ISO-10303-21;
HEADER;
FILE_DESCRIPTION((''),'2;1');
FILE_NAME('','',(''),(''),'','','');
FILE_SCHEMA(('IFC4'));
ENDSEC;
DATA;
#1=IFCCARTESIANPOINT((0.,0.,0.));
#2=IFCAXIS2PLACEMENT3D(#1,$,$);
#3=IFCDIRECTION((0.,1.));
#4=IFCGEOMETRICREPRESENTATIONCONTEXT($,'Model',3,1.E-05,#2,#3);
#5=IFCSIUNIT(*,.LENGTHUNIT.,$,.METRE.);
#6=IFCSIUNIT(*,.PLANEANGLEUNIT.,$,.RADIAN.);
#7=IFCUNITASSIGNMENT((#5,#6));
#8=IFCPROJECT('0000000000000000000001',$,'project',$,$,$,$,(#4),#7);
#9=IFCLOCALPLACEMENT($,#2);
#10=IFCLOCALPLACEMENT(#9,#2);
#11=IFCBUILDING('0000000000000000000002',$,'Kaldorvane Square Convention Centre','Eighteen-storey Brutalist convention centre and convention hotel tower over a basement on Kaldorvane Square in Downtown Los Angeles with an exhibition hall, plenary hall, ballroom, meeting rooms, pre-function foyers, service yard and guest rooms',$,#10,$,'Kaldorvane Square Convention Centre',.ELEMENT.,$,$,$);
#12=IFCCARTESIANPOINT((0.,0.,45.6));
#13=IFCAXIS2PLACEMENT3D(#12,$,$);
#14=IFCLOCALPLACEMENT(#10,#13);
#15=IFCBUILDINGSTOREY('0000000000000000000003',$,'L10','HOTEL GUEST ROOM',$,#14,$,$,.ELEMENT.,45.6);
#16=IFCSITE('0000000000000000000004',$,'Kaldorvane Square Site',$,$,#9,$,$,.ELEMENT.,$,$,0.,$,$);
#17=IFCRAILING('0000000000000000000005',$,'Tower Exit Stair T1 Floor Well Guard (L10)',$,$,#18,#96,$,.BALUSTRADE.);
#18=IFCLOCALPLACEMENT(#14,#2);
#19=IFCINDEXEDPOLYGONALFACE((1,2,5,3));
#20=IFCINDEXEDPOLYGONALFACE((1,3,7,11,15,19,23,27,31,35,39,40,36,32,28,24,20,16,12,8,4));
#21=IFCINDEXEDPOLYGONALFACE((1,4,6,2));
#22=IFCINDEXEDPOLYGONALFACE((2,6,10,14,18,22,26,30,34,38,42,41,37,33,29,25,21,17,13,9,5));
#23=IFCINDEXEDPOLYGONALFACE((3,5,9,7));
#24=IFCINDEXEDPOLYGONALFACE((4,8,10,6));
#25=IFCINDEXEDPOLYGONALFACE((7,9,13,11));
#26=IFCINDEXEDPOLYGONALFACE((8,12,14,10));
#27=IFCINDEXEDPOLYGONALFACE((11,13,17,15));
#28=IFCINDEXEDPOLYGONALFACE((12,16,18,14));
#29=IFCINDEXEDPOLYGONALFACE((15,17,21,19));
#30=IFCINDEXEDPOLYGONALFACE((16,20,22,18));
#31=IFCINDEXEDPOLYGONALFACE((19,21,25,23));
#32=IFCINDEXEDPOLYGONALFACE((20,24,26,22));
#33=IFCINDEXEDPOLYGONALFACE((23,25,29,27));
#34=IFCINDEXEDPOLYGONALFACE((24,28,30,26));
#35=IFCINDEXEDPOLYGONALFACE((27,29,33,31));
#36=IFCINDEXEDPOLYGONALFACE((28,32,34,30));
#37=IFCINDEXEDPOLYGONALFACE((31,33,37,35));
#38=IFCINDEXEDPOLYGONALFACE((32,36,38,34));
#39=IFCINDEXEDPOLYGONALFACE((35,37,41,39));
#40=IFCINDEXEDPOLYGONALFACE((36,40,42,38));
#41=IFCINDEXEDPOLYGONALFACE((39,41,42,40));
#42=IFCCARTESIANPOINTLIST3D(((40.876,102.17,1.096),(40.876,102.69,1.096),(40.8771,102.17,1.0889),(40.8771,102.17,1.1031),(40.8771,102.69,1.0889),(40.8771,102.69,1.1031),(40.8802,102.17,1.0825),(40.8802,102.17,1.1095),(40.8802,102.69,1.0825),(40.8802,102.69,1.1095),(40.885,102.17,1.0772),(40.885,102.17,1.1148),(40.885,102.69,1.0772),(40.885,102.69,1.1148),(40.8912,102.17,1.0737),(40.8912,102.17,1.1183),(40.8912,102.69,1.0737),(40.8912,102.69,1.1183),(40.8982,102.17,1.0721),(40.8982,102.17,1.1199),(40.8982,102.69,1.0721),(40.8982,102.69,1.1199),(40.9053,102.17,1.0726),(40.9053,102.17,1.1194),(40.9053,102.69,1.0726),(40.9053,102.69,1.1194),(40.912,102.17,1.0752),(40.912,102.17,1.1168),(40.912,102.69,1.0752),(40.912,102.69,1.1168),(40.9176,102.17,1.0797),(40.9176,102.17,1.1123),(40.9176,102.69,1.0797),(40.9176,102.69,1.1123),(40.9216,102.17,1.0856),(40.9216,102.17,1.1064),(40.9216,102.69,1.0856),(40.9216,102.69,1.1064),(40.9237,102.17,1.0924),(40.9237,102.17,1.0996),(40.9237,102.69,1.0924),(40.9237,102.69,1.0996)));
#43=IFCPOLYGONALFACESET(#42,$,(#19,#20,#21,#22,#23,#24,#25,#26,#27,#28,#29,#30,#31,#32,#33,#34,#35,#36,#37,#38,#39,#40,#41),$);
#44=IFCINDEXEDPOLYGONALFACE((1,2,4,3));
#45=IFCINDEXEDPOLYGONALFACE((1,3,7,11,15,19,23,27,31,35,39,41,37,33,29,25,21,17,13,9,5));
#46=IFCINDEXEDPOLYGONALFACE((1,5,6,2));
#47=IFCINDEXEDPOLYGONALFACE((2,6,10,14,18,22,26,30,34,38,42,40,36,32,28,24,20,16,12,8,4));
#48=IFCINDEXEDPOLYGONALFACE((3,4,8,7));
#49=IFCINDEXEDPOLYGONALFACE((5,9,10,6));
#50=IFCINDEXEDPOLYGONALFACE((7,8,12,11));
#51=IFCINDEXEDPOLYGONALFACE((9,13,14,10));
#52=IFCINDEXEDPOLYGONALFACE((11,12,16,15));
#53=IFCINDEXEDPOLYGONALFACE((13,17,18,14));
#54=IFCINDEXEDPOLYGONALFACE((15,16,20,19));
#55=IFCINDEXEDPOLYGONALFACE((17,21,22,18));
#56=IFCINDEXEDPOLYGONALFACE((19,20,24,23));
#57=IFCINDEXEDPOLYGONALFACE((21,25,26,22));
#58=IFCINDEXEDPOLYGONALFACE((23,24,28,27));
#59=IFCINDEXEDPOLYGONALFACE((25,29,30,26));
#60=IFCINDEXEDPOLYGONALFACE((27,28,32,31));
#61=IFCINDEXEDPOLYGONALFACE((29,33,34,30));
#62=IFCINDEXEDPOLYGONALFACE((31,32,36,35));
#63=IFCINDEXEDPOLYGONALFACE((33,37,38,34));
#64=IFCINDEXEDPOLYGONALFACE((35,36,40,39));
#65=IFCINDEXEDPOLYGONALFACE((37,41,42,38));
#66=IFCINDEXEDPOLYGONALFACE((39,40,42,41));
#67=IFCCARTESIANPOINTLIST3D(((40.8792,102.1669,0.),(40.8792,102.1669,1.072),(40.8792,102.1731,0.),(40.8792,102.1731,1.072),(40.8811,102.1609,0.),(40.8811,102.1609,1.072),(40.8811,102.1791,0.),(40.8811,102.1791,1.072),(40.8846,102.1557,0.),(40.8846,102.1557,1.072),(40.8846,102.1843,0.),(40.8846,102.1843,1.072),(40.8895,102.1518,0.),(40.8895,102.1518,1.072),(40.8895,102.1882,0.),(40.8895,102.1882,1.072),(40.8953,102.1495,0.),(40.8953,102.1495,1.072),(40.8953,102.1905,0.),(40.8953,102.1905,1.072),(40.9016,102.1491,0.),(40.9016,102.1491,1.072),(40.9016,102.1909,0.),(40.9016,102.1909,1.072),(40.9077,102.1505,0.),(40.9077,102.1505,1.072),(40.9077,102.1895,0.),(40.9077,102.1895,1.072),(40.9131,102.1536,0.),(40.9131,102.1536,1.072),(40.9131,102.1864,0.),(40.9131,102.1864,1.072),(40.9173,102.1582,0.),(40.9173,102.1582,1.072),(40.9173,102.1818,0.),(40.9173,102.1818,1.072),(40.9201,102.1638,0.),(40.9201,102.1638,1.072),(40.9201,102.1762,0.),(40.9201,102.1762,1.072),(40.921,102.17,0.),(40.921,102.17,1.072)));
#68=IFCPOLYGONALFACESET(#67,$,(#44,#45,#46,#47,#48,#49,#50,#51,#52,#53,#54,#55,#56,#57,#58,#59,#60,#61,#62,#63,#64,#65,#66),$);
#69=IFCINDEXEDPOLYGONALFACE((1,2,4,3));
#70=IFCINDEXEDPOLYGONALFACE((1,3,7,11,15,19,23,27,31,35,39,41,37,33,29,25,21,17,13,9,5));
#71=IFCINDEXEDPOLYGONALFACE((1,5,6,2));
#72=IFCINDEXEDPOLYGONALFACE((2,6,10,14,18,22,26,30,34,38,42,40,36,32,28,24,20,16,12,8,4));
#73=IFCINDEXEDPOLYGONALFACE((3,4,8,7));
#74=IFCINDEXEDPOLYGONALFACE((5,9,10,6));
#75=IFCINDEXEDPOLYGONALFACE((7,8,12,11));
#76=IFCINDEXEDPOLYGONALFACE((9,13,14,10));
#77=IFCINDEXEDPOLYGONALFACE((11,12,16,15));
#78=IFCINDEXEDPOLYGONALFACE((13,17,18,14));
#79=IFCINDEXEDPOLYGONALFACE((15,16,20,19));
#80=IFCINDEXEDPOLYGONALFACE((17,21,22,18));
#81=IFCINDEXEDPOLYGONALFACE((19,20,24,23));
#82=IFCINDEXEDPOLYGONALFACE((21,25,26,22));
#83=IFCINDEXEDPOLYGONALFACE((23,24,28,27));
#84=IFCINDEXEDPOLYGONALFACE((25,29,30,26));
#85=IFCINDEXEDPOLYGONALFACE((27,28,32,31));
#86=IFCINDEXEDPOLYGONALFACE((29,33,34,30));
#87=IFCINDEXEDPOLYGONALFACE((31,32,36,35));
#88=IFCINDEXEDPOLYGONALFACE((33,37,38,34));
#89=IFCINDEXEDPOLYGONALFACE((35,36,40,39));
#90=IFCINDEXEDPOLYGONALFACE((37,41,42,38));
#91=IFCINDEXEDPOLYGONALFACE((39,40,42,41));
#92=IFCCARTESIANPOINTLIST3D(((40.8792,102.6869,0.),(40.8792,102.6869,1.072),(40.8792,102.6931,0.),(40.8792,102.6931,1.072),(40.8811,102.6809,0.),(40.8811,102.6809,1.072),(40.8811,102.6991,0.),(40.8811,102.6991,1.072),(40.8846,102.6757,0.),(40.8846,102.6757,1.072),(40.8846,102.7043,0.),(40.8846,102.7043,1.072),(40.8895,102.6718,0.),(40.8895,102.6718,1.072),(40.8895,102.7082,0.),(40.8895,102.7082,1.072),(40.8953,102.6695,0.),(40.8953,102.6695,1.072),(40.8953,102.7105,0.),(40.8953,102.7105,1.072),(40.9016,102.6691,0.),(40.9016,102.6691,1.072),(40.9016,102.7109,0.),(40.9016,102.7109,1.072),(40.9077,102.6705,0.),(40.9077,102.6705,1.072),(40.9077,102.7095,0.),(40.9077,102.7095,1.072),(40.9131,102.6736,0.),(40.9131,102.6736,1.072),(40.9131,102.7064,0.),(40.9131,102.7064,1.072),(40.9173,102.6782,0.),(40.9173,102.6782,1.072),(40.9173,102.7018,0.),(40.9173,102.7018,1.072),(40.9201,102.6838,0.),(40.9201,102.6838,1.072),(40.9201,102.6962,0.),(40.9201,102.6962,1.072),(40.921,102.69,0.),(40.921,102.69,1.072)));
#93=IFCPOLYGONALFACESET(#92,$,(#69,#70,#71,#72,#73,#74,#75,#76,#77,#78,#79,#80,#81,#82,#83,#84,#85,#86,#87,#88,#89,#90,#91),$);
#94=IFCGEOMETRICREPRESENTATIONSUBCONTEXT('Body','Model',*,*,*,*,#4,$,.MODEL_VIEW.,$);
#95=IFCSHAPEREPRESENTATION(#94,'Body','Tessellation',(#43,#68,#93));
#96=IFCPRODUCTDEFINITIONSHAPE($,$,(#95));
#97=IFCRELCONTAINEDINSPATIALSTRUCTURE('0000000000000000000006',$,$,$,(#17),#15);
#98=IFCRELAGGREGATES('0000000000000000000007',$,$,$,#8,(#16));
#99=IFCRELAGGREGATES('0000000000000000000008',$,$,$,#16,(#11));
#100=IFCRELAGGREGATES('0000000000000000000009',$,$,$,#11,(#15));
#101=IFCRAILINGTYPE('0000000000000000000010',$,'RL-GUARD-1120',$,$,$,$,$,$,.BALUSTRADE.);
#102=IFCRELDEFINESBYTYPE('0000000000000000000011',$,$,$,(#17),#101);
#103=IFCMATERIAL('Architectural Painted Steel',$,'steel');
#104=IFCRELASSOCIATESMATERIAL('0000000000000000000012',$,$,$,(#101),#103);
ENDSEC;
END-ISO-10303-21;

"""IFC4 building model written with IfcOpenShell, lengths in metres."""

from ifc_helpers import new_model, si_unit, direction, frame, origin, origin_2d, place, context, subcontext, project, spatial, circle, extrude, material, type_object, element, save


model = new_model("IFC4")

# Units and contexts
model_context = context("Model", 3, precision=1e-05, world=origin(), true_north=direction((0.0, 1.0)))
body_context = subcontext(model_context, "Body", "Model", "MODEL_VIEW")
ifc_project = project(units=[si_unit("LENGTHUNIT", "METRE"), si_unit("PLANEANGLEUNIT", "RADIAN")], contexts=[model_context])

# Site, building, storey
site_placement = place(None, origin())
site = spatial("IfcSite", under=ifc_project, at=site_placement, Name="Kaldorvane Square Site", CompositionType="ELEMENT", RefElevation=0.0)
building_placement = place(site_placement, origin())
building = spatial("IfcBuilding", under=site, at=building_placement, Name="Kaldorvane Square Convention Centre", Description="Eighteen-storey Brutalist convention centre and convention hotel tower over a basement on Kaldorvane Square in Downtown Los Angeles with an exhibition hall, plenary hall, ballroom, meeting rooms, pre-function foyers, service yard and guest rooms", LongName="Kaldorvane Square Convention Centre", CompositionType="ELEMENT")
storey_placement = place(building_placement, frame((0.0, 0.0, 45.6)))
storey = spatial("IfcBuildingStorey", under=building, at=storey_placement, Name="L10", Description="HOTEL GUEST ROOM", CompositionType="ELEMENT", Elevation=45.6)

# Railing
ifc_material_1 = material(Name="Architectural Painted Steel", Category="steel")
railing_type = type_object("IfcRailingType", Name="RL-GUARD-1120", PredefinedType="BALUSTRADE", material=ifc_material_1)
railing_placement = place(storey_placement, frame((40.9, 102.17, 0.0)))
element("IfcRailing", 1, at=railing_placement, inside=storey, type_object=railing_type, Name="Tower Exit Stair T1 Floor Well Guard (L10)", PredefinedType="BALUSTRADE", context=body_context, shape_type="SweptSolid", body=[
    extrude(circle(Radius=0.024, at=origin_2d()), frame((0.0, 0.0, 1.096), z_axis=(0.0, 1.0, 0.0), x_axis=(-1.0, 0.0, 0.0)), (0.0, 0.0, 1.0), 0.52),
    extrude(circle(Radius=0.021, at=origin_2d()), origin(), (0.0, 0.0, 1.0), 1.072),
    extrude(circle(Radius=0.021, at=origin_2d()), frame((0.0, 0.52, 0.0)), (0.0, 0.0, 1.0), 1.072),
])

save(model, "model.ifc")
